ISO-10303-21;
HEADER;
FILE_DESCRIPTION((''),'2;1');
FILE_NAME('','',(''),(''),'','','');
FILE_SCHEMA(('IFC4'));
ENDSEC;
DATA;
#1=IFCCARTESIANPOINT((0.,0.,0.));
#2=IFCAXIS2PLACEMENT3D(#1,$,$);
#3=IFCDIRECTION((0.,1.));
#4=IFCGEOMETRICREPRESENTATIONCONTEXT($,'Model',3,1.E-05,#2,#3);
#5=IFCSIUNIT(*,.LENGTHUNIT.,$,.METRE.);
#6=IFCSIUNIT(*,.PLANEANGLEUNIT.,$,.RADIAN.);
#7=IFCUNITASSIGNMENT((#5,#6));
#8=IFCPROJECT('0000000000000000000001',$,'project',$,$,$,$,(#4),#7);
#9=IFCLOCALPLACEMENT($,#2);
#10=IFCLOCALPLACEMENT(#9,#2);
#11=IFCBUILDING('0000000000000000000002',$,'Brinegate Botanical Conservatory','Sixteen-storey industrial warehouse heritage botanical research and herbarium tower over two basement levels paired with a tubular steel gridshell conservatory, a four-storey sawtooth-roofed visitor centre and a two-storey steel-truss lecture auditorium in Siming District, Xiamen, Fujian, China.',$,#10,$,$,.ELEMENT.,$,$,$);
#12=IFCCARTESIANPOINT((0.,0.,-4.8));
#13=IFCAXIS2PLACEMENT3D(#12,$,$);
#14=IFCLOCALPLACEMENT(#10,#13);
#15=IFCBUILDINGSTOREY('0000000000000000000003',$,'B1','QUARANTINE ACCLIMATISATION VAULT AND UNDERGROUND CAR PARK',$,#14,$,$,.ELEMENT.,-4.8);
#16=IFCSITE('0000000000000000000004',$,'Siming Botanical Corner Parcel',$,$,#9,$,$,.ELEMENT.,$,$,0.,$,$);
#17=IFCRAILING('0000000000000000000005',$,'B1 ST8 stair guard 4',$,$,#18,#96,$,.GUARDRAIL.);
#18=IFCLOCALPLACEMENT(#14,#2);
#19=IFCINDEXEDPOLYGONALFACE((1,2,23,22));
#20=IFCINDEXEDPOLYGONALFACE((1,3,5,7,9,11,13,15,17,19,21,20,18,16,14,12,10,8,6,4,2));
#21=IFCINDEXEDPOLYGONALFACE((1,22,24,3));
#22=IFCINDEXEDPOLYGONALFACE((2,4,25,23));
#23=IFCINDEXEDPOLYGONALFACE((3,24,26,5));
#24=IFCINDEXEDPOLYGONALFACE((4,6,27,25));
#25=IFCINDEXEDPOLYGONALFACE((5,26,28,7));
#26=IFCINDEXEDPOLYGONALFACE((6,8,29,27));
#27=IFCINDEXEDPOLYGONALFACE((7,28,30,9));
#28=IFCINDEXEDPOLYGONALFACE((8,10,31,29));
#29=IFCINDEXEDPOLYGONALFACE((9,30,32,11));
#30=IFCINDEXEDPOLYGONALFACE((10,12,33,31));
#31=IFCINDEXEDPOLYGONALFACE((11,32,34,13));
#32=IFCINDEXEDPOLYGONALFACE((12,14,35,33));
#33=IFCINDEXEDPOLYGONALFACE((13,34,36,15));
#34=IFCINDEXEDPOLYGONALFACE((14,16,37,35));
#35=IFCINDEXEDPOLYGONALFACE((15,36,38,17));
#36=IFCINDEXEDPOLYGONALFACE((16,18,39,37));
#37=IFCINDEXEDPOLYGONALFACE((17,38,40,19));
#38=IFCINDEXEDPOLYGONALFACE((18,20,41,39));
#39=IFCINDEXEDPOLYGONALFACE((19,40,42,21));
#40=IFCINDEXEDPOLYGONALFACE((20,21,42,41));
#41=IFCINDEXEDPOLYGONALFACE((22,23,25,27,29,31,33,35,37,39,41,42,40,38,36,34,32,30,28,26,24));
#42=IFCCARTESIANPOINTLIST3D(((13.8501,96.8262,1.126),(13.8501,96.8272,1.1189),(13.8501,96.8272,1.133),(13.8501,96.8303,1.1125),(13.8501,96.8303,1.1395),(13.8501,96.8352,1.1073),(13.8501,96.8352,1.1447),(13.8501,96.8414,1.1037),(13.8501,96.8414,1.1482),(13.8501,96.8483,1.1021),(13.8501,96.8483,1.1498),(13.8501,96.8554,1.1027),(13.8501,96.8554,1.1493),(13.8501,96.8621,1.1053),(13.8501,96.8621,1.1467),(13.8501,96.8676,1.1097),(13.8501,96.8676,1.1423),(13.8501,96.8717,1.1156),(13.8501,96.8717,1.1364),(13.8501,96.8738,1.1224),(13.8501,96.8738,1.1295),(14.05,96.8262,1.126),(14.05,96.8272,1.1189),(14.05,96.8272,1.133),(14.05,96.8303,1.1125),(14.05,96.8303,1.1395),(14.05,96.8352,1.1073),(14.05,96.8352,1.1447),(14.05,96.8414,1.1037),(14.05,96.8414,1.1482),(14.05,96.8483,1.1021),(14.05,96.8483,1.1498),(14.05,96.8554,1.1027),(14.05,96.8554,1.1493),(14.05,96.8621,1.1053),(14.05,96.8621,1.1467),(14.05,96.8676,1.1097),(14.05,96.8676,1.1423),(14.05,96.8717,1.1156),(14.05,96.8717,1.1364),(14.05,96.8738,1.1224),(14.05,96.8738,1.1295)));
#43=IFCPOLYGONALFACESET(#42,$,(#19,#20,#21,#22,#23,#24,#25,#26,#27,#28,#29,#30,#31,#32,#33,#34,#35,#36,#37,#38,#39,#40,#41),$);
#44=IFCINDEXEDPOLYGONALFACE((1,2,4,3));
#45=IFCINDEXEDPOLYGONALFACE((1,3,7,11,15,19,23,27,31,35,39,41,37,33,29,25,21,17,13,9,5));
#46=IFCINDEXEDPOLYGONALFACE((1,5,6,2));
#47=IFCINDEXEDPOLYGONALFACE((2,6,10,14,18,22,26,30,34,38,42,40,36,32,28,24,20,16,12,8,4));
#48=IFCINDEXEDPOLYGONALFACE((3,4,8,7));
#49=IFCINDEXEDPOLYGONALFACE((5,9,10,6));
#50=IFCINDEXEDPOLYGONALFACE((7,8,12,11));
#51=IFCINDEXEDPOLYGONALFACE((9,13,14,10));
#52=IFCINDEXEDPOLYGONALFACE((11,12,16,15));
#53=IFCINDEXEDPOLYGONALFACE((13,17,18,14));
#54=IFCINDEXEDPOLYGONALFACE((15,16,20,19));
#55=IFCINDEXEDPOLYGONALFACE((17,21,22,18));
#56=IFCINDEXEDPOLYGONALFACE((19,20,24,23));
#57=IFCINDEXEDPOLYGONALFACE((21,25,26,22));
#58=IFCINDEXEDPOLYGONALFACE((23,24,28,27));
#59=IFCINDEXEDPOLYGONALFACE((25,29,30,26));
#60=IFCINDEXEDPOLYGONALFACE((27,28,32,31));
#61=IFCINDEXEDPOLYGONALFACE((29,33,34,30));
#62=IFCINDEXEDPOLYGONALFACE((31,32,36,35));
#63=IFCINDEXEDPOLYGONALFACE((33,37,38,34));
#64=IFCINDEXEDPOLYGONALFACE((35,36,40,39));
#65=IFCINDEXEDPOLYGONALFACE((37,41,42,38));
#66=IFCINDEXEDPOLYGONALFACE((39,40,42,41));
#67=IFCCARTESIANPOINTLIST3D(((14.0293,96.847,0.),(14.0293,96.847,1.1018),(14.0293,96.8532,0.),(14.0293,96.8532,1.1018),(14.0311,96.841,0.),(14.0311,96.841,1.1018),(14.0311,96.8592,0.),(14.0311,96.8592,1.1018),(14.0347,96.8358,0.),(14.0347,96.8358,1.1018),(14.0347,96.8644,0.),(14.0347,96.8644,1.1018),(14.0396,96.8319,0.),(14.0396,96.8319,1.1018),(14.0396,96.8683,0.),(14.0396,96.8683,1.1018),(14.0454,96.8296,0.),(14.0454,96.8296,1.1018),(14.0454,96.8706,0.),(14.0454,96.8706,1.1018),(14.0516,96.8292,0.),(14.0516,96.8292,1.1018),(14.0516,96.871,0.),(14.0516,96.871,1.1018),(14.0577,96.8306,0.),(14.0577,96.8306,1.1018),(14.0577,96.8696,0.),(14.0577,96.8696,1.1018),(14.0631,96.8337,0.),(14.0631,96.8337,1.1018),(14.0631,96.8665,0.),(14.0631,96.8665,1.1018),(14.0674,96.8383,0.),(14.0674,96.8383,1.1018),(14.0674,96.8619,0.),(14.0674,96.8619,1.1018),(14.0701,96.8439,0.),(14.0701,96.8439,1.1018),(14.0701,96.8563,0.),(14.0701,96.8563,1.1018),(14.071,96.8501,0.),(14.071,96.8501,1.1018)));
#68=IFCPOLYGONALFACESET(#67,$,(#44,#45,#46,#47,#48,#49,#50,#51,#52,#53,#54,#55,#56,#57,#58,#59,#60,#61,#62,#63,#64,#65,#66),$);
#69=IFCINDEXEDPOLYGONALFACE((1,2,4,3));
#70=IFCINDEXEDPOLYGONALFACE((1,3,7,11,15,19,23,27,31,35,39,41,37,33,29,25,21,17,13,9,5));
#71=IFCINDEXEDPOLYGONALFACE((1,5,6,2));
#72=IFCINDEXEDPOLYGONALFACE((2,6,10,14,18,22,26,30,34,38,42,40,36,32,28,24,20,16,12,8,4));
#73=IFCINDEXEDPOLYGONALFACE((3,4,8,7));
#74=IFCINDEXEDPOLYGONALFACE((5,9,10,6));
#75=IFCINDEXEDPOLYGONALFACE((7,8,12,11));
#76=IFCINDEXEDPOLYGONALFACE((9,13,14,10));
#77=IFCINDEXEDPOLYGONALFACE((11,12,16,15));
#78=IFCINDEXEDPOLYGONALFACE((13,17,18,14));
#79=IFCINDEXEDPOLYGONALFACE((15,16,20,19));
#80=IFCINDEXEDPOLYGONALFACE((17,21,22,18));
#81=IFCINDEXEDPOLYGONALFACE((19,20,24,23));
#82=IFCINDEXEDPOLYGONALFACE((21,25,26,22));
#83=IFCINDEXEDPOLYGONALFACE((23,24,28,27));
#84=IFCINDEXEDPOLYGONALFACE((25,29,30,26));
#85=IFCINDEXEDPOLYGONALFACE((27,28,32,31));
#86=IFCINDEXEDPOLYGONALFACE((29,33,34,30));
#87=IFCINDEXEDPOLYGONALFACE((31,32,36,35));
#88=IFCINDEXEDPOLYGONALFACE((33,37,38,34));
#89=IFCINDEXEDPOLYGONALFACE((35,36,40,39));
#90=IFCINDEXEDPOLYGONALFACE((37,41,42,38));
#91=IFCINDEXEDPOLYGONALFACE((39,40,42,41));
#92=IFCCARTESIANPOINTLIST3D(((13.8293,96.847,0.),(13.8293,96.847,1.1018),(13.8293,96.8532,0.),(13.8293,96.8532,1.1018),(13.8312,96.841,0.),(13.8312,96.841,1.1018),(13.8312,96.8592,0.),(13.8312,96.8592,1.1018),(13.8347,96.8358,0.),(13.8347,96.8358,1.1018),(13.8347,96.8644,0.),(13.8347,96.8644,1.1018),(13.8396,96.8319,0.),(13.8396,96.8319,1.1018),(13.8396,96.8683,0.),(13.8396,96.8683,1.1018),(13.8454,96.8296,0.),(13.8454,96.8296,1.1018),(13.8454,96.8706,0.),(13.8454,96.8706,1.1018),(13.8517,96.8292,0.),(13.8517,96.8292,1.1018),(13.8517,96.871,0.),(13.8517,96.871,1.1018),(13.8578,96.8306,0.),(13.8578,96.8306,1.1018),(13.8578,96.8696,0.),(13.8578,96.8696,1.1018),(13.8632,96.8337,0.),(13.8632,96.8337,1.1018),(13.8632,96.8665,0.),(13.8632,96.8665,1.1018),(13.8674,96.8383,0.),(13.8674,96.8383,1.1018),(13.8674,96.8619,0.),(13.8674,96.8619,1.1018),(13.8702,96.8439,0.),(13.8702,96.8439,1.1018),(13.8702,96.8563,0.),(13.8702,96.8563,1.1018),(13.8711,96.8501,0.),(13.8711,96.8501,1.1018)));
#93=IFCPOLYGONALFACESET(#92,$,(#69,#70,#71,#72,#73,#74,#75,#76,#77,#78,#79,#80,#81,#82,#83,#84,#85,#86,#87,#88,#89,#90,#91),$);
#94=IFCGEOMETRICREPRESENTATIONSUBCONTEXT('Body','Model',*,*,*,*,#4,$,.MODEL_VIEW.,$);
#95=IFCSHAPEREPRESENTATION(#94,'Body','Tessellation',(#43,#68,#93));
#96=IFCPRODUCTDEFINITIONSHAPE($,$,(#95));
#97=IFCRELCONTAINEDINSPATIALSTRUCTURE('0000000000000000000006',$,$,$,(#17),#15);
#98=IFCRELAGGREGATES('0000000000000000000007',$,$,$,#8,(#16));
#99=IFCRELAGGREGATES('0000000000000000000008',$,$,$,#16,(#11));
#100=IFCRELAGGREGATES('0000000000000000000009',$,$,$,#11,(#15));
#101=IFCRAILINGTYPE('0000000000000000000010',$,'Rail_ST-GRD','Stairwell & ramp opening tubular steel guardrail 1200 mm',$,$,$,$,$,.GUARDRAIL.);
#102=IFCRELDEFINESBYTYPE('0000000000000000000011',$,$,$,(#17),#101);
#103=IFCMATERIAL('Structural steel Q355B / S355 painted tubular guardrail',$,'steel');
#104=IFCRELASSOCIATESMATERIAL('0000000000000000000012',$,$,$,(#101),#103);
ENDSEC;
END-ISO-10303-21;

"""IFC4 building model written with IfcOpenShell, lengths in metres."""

from ifc_helpers import new_model, si_unit, direction, frame, origin, origin_2d, place, context, subcontext, project, spatial, circle, extrude, material, type_object, element, save


model = new_model("IFC4")

# Units and contexts
model_context = context("Model", 3, precision=1e-05, world=origin(), true_north=direction((0.0, 1.0)))
body_context = subcontext(model_context, "Body", "Model", "MODEL_VIEW")
ifc_project = project(units=[si_unit("LENGTHUNIT", "METRE"), si_unit("PLANEANGLEUNIT", "RADIAN")], contexts=[model_context])

# Site, building, storey
site_placement = place(None, origin())
site = spatial("IfcSite", under=ifc_project, at=site_placement, Name="Siming Botanical Corner Parcel", CompositionType="ELEMENT", RefElevation=0.0)
building_placement = place(site_placement, origin())
building = spatial("IfcBuilding", under=site, at=building_placement, Name="Brinegate Botanical Conservatory", Description="Sixteen-storey industrial warehouse heritage botanical research and herbarium tower over two basement levels paired with a tubular steel gridshell conservatory, a four-storey sawtooth-roofed visitor centre and a two-storey steel-truss lecture auditorium in Siming District, Xiamen, Fujian, China.", CompositionType="ELEMENT")
storey_placement = place(building_placement, frame((0.0, 0.0, -4.8)))
storey = spatial("IfcBuildingStorey", under=building, at=storey_placement, Name="B1", Description="QUARANTINE ACCLIMATISATION VAULT AND UNDERGROUND CAR PARK", CompositionType="ELEMENT", Elevation=-4.8)

# Railing
ifc_material_1 = material(Name="Structural steel Q355B / S355 painted tubular guardrail", Category="steel")
railing_type_1 = type_object("IfcRailingType", Name="Rail_ST-GRD", Description="Stairwell & ramp opening tubular steel guardrail 1200 mm", PredefinedType="GUARDRAIL", material=ifc_material_1)
railing_1_placement = place(storey_placement, frame((14.05, 96.8501, 0.0)))
element("IfcRailing", 1, at=railing_1_placement, inside=storey, type_object=railing_type_1, Name="B1 ST8 stair guard 4", PredefinedType="GUARDRAIL", context=body_context, shape_type="SweptSolid", body=[
    extrude(circle(Radius=0.0239, at=origin_2d()), frame((0.0, 0.0, 1.126), z_axis=(-1.0, 0.0, 0.0), x_axis=(0.0, -1.0, 0.0)), (0.0, 0.0, 1.0), 0.2),
    extrude(circle(Radius=0.021, at=origin_2d()), origin(), (0.0, 0.0, 1.0), 1.1018),
    extrude(circle(Radius=0.021, at=origin_2d()), frame((-0.2, 0.0, 0.0)), (0.0, 0.0, 1.0), 1.1018),
])

save(model, "model.ifc")
